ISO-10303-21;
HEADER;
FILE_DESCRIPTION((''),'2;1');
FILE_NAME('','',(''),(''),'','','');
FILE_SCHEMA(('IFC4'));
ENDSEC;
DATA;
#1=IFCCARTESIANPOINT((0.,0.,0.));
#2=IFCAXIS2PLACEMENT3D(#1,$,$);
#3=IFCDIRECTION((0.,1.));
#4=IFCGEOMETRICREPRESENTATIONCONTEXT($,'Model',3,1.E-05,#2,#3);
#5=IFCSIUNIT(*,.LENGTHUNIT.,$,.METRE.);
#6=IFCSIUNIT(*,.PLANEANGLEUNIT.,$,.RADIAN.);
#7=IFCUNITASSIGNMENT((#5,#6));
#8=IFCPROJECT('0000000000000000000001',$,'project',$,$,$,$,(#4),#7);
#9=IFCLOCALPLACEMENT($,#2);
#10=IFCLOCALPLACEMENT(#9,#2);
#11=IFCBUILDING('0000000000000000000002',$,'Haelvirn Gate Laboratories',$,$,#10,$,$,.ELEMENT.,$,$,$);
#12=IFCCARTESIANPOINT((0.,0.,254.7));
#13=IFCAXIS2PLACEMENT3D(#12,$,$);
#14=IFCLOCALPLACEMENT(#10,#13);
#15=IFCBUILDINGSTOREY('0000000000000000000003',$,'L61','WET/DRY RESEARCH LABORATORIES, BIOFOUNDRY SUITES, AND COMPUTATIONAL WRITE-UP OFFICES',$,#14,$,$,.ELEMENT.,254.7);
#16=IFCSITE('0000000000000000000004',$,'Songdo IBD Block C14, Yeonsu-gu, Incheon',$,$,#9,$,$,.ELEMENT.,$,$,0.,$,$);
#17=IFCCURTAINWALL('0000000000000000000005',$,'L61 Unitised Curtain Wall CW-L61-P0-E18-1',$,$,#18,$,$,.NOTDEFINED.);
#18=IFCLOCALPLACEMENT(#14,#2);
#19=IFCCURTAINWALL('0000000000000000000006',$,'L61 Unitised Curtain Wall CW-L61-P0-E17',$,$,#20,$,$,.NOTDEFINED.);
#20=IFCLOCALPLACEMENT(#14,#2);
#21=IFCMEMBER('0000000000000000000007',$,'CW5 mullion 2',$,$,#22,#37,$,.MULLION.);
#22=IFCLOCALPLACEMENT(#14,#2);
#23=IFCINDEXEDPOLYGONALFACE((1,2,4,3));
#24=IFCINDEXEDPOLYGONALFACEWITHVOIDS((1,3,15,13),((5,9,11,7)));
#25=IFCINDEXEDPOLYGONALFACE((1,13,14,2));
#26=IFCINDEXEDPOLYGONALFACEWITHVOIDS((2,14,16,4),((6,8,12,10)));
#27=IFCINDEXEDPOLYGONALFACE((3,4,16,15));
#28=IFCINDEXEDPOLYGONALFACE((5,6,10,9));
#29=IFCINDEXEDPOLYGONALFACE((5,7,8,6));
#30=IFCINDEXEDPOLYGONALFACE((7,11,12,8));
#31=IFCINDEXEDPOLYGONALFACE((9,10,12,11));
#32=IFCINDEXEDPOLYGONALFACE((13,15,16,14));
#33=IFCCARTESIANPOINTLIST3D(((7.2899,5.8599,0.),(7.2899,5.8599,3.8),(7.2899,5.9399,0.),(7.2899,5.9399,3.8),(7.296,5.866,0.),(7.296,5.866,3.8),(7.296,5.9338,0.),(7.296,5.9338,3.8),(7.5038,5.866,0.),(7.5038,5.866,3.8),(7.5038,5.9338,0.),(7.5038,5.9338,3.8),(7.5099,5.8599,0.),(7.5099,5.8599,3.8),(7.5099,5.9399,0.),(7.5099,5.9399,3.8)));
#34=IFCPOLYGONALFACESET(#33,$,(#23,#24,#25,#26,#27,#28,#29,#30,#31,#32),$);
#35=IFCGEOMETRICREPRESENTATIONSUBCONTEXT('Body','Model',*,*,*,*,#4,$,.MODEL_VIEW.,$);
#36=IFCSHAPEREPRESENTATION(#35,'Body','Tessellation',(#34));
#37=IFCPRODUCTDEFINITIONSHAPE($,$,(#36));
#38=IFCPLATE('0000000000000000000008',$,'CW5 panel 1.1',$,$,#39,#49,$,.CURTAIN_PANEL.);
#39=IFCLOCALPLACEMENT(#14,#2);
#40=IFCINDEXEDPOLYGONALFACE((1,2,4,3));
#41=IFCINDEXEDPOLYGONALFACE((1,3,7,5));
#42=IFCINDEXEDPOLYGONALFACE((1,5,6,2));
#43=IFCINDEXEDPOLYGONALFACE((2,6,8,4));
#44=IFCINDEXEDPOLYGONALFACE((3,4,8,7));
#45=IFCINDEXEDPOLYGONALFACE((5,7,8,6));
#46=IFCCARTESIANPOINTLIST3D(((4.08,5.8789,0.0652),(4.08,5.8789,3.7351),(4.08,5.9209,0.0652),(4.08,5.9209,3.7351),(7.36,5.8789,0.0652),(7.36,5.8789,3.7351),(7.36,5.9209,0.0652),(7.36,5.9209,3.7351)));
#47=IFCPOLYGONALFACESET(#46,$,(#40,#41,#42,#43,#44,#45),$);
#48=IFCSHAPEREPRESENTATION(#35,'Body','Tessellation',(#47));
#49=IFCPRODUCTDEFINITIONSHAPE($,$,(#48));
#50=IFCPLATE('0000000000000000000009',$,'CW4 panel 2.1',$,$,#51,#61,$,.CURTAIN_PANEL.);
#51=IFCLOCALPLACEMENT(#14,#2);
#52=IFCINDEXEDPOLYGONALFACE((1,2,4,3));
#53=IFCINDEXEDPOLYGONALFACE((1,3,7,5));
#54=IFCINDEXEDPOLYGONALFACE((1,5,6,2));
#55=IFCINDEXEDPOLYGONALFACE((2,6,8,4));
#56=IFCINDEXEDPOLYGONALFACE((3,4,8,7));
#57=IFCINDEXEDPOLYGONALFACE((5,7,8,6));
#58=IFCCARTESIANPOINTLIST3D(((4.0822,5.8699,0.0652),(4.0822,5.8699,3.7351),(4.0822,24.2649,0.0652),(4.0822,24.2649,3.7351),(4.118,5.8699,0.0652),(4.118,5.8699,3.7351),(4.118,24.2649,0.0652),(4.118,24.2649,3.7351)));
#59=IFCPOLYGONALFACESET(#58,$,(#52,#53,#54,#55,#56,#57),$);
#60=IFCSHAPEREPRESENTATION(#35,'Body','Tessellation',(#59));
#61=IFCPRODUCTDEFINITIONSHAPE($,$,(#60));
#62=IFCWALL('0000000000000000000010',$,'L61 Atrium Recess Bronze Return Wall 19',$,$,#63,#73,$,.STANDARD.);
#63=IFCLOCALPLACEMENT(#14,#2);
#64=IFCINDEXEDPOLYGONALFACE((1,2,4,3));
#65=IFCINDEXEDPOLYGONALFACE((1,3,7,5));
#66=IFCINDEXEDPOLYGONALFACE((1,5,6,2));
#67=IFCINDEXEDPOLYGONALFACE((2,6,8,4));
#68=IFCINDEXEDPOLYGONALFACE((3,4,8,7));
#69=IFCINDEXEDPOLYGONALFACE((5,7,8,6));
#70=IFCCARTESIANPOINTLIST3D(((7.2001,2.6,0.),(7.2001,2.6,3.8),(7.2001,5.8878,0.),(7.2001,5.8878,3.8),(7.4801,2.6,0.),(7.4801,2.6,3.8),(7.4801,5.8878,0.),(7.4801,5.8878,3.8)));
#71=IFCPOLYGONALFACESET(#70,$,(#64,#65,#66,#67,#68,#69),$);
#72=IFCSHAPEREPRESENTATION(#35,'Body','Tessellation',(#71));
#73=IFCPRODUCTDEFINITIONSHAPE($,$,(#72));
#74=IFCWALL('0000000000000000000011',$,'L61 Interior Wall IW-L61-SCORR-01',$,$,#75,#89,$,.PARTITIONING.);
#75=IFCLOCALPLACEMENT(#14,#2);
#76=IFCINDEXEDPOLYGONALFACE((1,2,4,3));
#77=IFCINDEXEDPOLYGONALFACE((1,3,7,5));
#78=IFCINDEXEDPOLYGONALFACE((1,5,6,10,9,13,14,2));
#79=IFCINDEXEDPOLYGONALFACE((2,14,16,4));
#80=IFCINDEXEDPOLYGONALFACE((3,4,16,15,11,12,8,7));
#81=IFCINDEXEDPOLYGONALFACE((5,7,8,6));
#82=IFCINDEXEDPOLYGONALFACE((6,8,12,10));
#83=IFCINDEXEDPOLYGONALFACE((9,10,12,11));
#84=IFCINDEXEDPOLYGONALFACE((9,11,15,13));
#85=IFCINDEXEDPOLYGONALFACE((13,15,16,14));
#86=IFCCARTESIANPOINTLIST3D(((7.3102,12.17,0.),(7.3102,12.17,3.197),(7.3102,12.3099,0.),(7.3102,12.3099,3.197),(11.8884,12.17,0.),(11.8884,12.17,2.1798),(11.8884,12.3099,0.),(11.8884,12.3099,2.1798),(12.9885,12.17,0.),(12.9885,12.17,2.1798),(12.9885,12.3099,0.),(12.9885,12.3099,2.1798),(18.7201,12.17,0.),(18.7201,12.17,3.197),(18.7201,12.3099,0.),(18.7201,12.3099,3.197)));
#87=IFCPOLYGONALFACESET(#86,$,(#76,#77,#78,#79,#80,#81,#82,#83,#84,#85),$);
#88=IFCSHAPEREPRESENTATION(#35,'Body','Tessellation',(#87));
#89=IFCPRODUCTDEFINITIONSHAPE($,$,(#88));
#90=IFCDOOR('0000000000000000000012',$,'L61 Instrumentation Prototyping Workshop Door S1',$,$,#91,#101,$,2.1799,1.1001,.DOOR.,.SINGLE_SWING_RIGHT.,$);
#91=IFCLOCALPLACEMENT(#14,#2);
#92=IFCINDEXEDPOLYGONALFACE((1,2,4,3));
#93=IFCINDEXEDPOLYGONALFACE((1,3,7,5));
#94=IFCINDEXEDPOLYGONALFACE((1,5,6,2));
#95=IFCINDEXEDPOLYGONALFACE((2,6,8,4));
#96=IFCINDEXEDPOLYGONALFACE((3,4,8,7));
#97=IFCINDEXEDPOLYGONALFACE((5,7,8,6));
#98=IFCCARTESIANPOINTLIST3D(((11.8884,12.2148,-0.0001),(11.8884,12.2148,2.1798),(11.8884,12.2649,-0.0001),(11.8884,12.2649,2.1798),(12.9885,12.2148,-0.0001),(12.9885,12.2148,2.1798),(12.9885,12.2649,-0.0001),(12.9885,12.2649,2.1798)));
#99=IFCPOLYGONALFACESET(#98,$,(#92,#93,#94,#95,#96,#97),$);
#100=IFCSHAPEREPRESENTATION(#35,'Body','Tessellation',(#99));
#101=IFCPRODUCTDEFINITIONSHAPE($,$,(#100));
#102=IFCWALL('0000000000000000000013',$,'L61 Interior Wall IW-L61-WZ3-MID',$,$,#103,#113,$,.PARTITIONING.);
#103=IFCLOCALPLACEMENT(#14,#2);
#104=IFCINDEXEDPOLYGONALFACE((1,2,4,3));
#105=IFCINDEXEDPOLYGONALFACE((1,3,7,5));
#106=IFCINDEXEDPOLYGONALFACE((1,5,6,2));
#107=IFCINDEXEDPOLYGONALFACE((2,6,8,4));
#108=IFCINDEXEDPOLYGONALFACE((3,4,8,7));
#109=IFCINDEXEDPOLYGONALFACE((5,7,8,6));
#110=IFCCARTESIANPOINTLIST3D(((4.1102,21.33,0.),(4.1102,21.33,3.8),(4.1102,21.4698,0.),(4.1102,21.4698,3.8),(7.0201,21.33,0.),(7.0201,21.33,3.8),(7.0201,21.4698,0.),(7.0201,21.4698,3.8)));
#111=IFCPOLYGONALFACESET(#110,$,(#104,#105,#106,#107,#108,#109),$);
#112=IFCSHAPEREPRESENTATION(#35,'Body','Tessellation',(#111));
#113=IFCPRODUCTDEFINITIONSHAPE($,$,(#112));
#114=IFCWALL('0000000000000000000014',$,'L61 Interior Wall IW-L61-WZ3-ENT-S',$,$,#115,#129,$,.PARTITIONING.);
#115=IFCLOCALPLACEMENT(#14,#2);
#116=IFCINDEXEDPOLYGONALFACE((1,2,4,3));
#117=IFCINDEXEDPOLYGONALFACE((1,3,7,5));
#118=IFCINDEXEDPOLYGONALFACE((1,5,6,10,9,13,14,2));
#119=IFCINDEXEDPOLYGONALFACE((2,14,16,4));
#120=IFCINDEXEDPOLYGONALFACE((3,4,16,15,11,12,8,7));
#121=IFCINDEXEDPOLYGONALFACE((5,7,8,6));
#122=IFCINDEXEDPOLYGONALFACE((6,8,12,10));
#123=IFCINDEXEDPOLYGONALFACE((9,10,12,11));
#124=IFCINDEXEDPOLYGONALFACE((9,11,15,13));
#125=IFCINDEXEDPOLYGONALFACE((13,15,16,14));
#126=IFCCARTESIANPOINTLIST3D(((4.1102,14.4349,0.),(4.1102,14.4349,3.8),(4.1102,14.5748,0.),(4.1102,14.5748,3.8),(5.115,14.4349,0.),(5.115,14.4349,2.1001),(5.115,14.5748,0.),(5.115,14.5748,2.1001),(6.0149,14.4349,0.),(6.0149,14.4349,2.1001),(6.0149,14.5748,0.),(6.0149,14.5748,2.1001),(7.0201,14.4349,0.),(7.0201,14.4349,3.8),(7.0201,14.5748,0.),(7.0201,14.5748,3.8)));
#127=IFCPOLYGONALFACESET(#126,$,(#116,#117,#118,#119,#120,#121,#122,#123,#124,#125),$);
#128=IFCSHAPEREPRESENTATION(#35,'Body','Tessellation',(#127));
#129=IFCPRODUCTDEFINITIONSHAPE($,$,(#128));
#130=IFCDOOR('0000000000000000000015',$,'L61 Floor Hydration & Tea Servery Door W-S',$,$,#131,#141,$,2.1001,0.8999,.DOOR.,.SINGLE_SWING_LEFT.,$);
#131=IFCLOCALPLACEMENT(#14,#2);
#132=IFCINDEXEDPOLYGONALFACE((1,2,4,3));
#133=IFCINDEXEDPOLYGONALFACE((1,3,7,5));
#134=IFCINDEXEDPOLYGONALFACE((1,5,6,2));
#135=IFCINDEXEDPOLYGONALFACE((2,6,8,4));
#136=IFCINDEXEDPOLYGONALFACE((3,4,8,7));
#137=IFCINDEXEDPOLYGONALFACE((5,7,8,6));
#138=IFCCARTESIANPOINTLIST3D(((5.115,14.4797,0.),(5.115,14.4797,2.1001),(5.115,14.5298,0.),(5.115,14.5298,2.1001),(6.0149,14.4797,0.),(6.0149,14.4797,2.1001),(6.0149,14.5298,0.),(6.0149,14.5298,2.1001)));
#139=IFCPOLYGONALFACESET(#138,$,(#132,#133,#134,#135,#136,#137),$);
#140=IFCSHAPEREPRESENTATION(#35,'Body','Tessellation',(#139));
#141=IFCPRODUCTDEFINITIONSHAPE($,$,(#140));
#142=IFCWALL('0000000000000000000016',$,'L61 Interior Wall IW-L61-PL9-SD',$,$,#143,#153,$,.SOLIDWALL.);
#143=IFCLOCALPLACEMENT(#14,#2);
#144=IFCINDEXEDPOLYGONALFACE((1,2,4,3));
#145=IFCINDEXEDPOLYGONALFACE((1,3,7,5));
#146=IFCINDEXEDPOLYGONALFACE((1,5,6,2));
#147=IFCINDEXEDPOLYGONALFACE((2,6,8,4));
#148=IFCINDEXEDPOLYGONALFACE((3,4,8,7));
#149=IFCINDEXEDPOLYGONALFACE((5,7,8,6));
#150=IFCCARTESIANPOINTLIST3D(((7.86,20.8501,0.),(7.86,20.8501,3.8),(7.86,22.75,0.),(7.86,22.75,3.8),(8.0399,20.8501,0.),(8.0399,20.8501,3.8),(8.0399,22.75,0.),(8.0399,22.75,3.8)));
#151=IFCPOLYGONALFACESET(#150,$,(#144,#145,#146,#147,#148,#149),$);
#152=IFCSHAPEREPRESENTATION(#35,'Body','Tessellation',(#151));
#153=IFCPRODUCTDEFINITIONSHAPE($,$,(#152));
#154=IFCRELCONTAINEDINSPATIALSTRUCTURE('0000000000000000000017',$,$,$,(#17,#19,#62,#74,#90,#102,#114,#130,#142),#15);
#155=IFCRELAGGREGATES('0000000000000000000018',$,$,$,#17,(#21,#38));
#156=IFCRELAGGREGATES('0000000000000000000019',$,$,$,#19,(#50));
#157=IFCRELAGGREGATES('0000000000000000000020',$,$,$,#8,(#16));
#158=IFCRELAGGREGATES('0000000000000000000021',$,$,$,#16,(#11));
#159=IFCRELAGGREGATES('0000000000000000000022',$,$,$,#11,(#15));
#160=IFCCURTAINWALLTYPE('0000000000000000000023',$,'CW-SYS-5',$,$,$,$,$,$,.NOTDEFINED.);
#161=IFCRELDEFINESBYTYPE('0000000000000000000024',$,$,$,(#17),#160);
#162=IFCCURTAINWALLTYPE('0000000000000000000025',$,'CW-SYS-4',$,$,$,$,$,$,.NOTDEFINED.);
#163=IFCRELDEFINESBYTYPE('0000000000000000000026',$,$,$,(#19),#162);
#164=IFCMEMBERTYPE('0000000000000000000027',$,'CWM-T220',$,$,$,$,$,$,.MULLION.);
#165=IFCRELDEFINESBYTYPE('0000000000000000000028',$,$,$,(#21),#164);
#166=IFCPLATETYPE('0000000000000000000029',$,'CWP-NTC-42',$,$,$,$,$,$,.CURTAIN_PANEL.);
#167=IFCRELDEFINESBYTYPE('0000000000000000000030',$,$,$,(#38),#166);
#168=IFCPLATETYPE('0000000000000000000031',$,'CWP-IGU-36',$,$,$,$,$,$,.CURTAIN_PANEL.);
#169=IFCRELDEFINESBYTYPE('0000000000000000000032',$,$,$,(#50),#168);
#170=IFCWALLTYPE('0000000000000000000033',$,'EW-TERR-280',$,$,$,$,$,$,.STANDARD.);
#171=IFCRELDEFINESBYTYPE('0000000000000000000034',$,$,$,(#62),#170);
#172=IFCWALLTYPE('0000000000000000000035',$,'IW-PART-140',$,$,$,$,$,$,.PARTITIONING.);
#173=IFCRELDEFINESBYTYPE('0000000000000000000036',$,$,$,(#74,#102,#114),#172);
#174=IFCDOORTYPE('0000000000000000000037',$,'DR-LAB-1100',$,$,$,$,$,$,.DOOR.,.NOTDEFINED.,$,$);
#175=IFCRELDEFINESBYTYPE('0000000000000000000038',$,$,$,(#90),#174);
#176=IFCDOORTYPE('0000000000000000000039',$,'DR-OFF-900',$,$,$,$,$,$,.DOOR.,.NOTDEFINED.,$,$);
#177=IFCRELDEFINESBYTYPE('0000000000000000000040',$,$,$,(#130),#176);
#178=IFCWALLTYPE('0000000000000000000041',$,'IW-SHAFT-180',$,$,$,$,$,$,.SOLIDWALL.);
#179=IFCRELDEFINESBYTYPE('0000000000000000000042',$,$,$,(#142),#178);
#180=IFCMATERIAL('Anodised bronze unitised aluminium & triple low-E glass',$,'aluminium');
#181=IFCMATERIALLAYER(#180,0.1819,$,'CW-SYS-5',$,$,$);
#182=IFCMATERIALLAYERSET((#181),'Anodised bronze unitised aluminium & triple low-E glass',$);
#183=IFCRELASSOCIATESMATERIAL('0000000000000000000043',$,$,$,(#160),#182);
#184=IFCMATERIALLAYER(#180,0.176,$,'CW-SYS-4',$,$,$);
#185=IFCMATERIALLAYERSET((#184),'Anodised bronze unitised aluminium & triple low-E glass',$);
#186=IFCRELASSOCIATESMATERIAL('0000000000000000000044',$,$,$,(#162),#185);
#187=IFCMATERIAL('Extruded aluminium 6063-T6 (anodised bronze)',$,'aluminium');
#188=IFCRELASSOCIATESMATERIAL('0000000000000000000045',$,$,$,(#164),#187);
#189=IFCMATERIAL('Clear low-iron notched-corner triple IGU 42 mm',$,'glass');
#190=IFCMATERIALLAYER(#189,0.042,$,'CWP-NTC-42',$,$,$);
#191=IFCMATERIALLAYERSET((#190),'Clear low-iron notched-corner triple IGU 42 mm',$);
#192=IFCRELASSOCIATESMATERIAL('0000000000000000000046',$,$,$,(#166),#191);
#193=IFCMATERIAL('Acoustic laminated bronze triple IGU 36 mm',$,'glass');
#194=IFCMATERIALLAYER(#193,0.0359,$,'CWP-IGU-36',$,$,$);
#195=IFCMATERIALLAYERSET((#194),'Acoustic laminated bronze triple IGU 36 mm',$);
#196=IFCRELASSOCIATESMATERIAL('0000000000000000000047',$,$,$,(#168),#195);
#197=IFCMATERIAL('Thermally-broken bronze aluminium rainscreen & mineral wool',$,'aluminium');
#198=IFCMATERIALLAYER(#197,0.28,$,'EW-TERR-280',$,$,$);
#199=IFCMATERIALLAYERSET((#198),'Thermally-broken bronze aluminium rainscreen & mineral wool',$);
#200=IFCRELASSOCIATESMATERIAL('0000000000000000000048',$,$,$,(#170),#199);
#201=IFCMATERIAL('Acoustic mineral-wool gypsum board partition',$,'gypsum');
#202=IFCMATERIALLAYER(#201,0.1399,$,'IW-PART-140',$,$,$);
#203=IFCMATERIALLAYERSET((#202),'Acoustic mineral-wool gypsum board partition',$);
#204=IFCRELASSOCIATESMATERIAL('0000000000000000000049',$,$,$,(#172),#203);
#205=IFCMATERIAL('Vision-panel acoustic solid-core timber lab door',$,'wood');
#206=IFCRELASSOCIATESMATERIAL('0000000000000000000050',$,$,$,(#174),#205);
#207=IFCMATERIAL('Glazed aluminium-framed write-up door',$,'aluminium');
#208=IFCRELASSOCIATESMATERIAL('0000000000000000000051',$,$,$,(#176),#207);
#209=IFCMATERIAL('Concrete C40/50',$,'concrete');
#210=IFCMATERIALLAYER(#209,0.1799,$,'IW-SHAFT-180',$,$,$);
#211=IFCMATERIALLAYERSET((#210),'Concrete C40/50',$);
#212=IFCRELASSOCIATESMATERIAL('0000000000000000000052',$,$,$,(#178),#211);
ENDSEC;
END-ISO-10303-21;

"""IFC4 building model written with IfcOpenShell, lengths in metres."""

from ifc_helpers import new_model, si_unit, direction, frame, frame_2d, origin, origin_2d, place, context, subcontext, project, spatial, rectangle, hollow_rectangle, extrude, source, transform, mapped, material, layer, layer_set, material_profile, profile_set, type_object, type_shapes, element, fill, aggregate, save


model = new_model("IFC4")

# Units and contexts
model_context = context("Model", 3, precision=1e-05, world=origin(), true_north=direction((0.0, 1.0)))
body_context = subcontext(model_context, "Body", "Model", "MODEL_VIEW")
ifc_project = project(units=[si_unit("LENGTHUNIT", "METRE"), si_unit("PLANEANGLEUNIT", "RADIAN")], contexts=[model_context])

# Site, building, storey
site_placement = place(None, origin())
site = spatial("IfcSite", under=ifc_project, at=site_placement, Name="Songdo IBD Block C14, Yeonsu-gu, Incheon", CompositionType="ELEMENT", RefElevation=0.0)
building_placement = place(site_placement, origin())
building = spatial("IfcBuilding", under=site, at=building_placement, Name="Haelvirn Gate Laboratories", CompositionType="ELEMENT")
storey_placement = place(building_placement, frame((0.0, 0.0, 254.7)))
storey = spatial("IfcBuildingStorey", under=building, at=storey_placement, Name="L61", Description="WET/DRY RESEARCH LABORATORIES, BIOFOUNDRY SUITES, AND COMPUTATIONAL WRITE-UP OFFICES", CompositionType="ELEMENT", Elevation=254.7)

# Curtain wall
ifc_material_1 = material(Name="Anodised bronze unitised aluminium & triple low-E glass", Category="aluminium")
ifc_layer_1 = layer(ifc_material_1, 0.1819, Name="CW-SYS-5")
ifc_layer_set_1 = layer_set([ifc_layer_1], Name="Anodised bronze unitised aluminium & triple low-E glass")
curtain_wall_type_1 = type_object("IfcCurtainWallType", Name="CW-SYS-5", PredefinedType="NOTDEFINED", material=ifc_layer_set_1)
curtain_wall_1_placement = place(storey_placement, origin())
curtain_wall_1 = element("IfcCurtainWall", 1, at=curtain_wall_1_placement, inside=storey, type_object=curtain_wall_type_1, Name="L61 Unitised Curtain Wall CW-L61-P0-E18-1", PredefinedType="NOTDEFINED")
ifc_material_2 = material(Name="Extruded aluminium 6063-T6 (anodised bronze)", Category="aluminium")

# Curtain wall
ifc_layer_2 = layer(ifc_material_1, 0.176, Name="CW-SYS-4")
ifc_layer_set_2 = layer_set([ifc_layer_2], Name="Anodised bronze unitised aluminium & triple low-E glass")
curtain_wall_type_2 = type_object("IfcCurtainWallType", Name="CW-SYS-4", PredefinedType="NOTDEFINED", material=ifc_layer_set_2)
curtain_wall_2_placement = place(storey_placement, origin())
curtain_wall_2 = element("IfcCurtainWall", 2, at=curtain_wall_2_placement, inside=storey, type_object=curtain_wall_type_2, Name="L61 Unitised Curtain Wall CW-L61-P0-E17", PredefinedType="NOTDEFINED")

# Member
ifc_material_profile_1 = material_profile(ifc_material_2, hollow_rectangle(XDim=0.0801, YDim=0.22, WallThickness=0.0061, at=origin_2d()), Name="CWM-220x80x6")
ifc_profile_set_1 = profile_set([ifc_material_profile_1], Name="Extruded aluminium 6063-T6 (anodised bronze)")
member_type_1 = type_object("IfcMemberType", Name="CWM-T220", PredefinedType="MULLION", material=ifc_profile_set_1)
shared_shape_1 = source(origin(), body_context, "Body", "SweptSolid", [
    extrude(hollow_rectangle(XDim=0.0801, YDim=0.22, WallThickness=0.0061, at=origin_2d()), origin(), (0.0, 0.0, 1.0), 3.8),
])
type_shapes(member_type_1, [shared_shape_1])
member_1_placement = place(storey_placement, frame((7.3999, 5.8999, 0.0), z_axis=(0.0, 0.0, 1.0), x_axis=(0.0, 1.0, 0.0)))
member_1 = element("IfcMember", 3, at=member_1_placement, type_object=member_type_1, Name="CW5 mullion 2", PredefinedType="MULLION", context=body_context, shape_type="MappedRepresentation", body=[
    mapped(shared_shape_1, transform((0.0, 0.0, 0.0), scale=1.0)),
])

# Plates
ifc_material_3 = material(Name="Clear low-iron notched-corner triple IGU 42 mm", Category="glass")
ifc_layer_3 = layer(ifc_material_3, 0.042, Name="CWP-NTC-42")
ifc_layer_set_3 = layer_set([ifc_layer_3], Name="Clear low-iron notched-corner triple IGU 42 mm")
plate_type_1 = type_object("IfcPlateType", Name="CWP-NTC-42", PredefinedType="CURTAIN_PANEL", material=ifc_layer_set_3)
shared_shape_2 = source(origin(), body_context, "Body", "SweptSolid", [
    extrude(rectangle(XDim=3.28, YDim=0.042, at=origin_2d()), origin(), (0.0, 0.0, 1.0), 3.6699),
])
type_shapes(plate_type_1, [shared_shape_2])
plate_1_placement = place(storey_placement, frame((5.72, 5.8999, 0.0652), z_axis=(0.0, 0.0, 1.0), x_axis=(1.0, 0.0, 0.0)))
plate_1 = element("IfcPlate", 4, at=plate_1_placement, type_object=plate_type_1, Name="CW5 panel 1.1", PredefinedType="CURTAIN_PANEL", context=body_context, shape_type="MappedRepresentation", body=[
    mapped(shared_shape_2, transform((0.0, 0.0, 0.0), scale=1.0)),
])
aggregate(curtain_wall_1, [member_1, plate_1])
ifc_material_4 = material(Name="Acoustic laminated bronze triple IGU 36 mm", Category="glass")
ifc_layer_4 = layer(ifc_material_4, 0.0359, Name="CWP-IGU-36")
ifc_layer_set_4 = layer_set([ifc_layer_4], Name="Acoustic laminated bronze triple IGU 36 mm")
plate_type_2 = type_object("IfcPlateType", Name="CWP-IGU-36", PredefinedType="CURTAIN_PANEL", material=ifc_layer_set_4)
shared_shape_3 = source(origin(), body_context, "Body", "SweptSolid", [
    extrude(rectangle(XDim=18.395, YDim=0.0359, at=origin_2d()), origin(), (0.0, 0.0, 1.0), 3.6699),
])
type_shapes(plate_type_2, [shared_shape_3])
plate_2_placement = place(storey_placement, frame((4.1001, 15.0674, 0.0652), z_axis=(0.0, 0.0, 1.0), x_axis=(0.0, -1.0, 0.0)))
plate_2 = element("IfcPlate", 5, at=plate_2_placement, type_object=plate_type_2, Name="CW4 panel 2.1", PredefinedType="CURTAIN_PANEL", context=body_context, shape_type="MappedRepresentation", body=[
    mapped(shared_shape_3, transform((0.0, 0.0, 0.0), scale=1.0)),
])
aggregate(curtain_wall_2, [plate_2])

# Wall
ifc_material_5 = material(Name="Thermally-broken bronze aluminium rainscreen & mineral wool", Category="aluminium")
ifc_layer_5 = layer(ifc_material_5, 0.28, Name="EW-TERR-280")
ifc_layer_set_5 = layer_set([ifc_layer_5], Name="Thermally-broken bronze aluminium rainscreen & mineral wool")
wall_type_1 = type_object("IfcWallType", Name="EW-TERR-280", PredefinedType="STANDARD", material=ifc_layer_set_5)
wall_1_placement = place(storey_placement, frame((7.3401, 5.8879, 0.0), z_axis=(0.0, 0.0, 1.0), x_axis=(0.0, -1.0, 0.0)))
element("IfcWall", 6, at=wall_1_placement, inside=storey, type_object=wall_type_1, Name="L61 Atrium Recess Bronze Return Wall 19", PredefinedType="STANDARD", context=body_context, shape_type="SweptSolid", body=[
    extrude(rectangle(XDim=3.2878, YDim=0.28, at=frame_2d((1.644, 0.0))), origin(), (0.0, 0.0, 1.0), 3.8),
])

# Wall, opening, door
ifc_material_6 = material(Name="Acoustic mineral-wool gypsum board partition", Category="gypsum")
ifc_layer_6 = layer(ifc_material_6, 0.1399, Name="IW-PART-140")
ifc_layer_set_6 = layer_set([ifc_layer_6], Name="Acoustic mineral-wool gypsum board partition")
wall_type_2 = type_object("IfcWallType", Name="IW-PART-140", PredefinedType="PARTITIONING", material=ifc_layer_set_6)
wall_2_placement = place(storey_placement, frame((7.3101, 12.24, 0.0), z_axis=(0.0, 0.0, 1.0), x_axis=(1.0, 0.0, 0.0)))
wall_2 = element("IfcWall", 7, at=wall_2_placement, inside=storey, type_object=wall_type_2, Name="L61 Interior Wall IW-L61-SCORR-01", PredefinedType="PARTITIONING", context=body_context, shape_type="SweptSolid", body=[
    extrude(rectangle(XDim=11.4099, YDim=0.1399, at=frame_2d((5.7051, 0.0))), origin(), (0.0, 0.0, 1.0), 3.197),
])
opening_1_placement = place(wall_2_placement, frame((4.5784, 0.0, 0.0)))
opening_1 = element("IfcOpeningElement", 8, at=opening_1_placement, cuts=wall_2, PredefinedType="OPENING", context=body_context, shape_type="SweptSolid", body=[
    extrude(rectangle(XDim=1.1001, YDim=2.1799, at=frame_2d((0.55, 1.0898))), frame((0.0, 0.0801, 0.0), z_axis=(0.0, -1.0, 0.0), x_axis=(1.0, 0.0, 0.0)), (0.0, 0.0, 1.0), 0.1599),
])
ifc_material_7 = material(Name="Vision-panel acoustic solid-core timber lab door", Category="wood")
door_type_1 = type_object("IfcDoorType", Name="DR-LAB-1100", OperationType="NOTDEFINED", PredefinedType="DOOR", material=ifc_material_7)
shared_shape_4 = source(origin(), body_context, "Body", "SweptSolid", [
    extrude(rectangle(XDim=1.1001, YDim=2.1799, at=frame_2d((0.55, 1.0898))), frame((0.0, 0.0249, 0.0), z_axis=(0.0, -1.0, 0.0), x_axis=(1.0, 0.0, 0.0)), (0.0, 0.0, 1.0), 0.05),
])
type_shapes(door_type_1, [shared_shape_4])
door_1_placement = place(opening_1_placement, origin())
door_1 = element("IfcDoor", 9, at=door_1_placement, inside=storey, type_object=door_type_1, Name="L61 Instrumentation Prototyping Workshop Door S1", OperationType="SINGLE_SWING_RIGHT", OverallHeight=2.1799, OverallWidth=1.1001, PredefinedType="DOOR", context=body_context, shape_type="MappedRepresentation", body=[
    mapped(shared_shape_4, transform((0.0, 0.0, 0.0), scale=1.0)),
])
fill(opening_1, door_1)

# Wall
wall_3_placement = place(storey_placement, frame((4.1101, 21.3999, 0.0), z_axis=(0.0, 0.0, 1.0), x_axis=(1.0, 0.0, 0.0)))
element("IfcWall", 10, at=wall_3_placement, inside=storey, type_object=wall_type_2, Name="L61 Interior Wall IW-L61-WZ3-MID", PredefinedType="PARTITIONING", context=body_context, shape_type="SweptSolid", body=[
    extrude(rectangle(XDim=2.9099, YDim=0.1399, at=frame_2d((1.4551, 0.0))), origin(), (0.0, 0.0, 1.0), 3.8),
])

# Wall, opening, door
wall_4_placement = place(storey_placement, frame((4.1101, 14.5049, 0.0), z_axis=(0.0, 0.0, 1.0), x_axis=(1.0, 0.0, 0.0)))
wall_4 = element("IfcWall", 11, at=wall_4_placement, inside=storey, type_object=wall_type_2, Name="L61 Interior Wall IW-L61-WZ3-ENT-S", PredefinedType="PARTITIONING", context=body_context, shape_type="SweptSolid", body=[
    extrude(rectangle(XDim=2.9099, YDim=0.1399, at=frame_2d((1.4551, 0.0))), origin(), (0.0, 0.0, 1.0), 3.8),
])
opening_2_placement = place(wall_4_placement, frame((1.0049, 0.0, 0.0)))
opening_2 = element("IfcOpeningElement", 12, at=opening_2_placement, cuts=wall_4, PredefinedType="OPENING", context=body_context, shape_type="SweptSolid", body=[
    extrude(rectangle(XDim=0.8999, YDim=2.1001, at=frame_2d((0.45, 1.05))), frame((0.0, 0.0801, 0.0), z_axis=(0.0, -1.0, 0.0), x_axis=(1.0, 0.0, 0.0)), (0.0, 0.0, 1.0), 0.1599),
])
ifc_material_8 = material(Name="Glazed aluminium-framed write-up door", Category="aluminium")
door_type_2 = type_object("IfcDoorType", Name="DR-OFF-900", OperationType="NOTDEFINED", PredefinedType="DOOR", material=ifc_material_8)
shared_shape_5 = source(origin(), body_context, "Body", "SweptSolid", [
    extrude(rectangle(XDim=0.8999, YDim=2.1001, at=frame_2d((0.45, 1.05))), frame((0.0, 0.0249, 0.0), z_axis=(0.0, -1.0, 0.0), x_axis=(1.0, 0.0, 0.0)), (0.0, 0.0, 1.0), 0.05),
])
type_shapes(door_type_2, [shared_shape_5])
door_2_placement = place(opening_2_placement, origin())
door_2 = element("IfcDoor", 13, at=door_2_placement, inside=storey, type_object=door_type_2, Name="L61 Floor Hydration & Tea Servery Door W-S", OperationType="SINGLE_SWING_LEFT", OverallHeight=2.1001, OverallWidth=0.8999, PredefinedType="DOOR", context=body_context, shape_type="MappedRepresentation", body=[
    mapped(shared_shape_5, transform((0.0, 0.0, 0.0), scale=1.0)),
])
fill(opening_2, door_2)

# Wall
ifc_material_9 = material(Name="Concrete C40/50", Category="concrete")
ifc_layer_7 = layer(ifc_material_9, 0.1799, Name="IW-SHAFT-180")
ifc_layer_set_7 = layer_set([ifc_layer_7], Name="Concrete C40/50")
wall_type_3 = type_object("IfcWallType", Name="IW-SHAFT-180", PredefinedType="SOLIDWALL", material=ifc_layer_set_7)
wall_5_placement = place(storey_placement, frame((7.95, 20.8501, 0.0), z_axis=(0.0, 0.0, 1.0), x_axis=(0.0, 1.0, 0.0)))
element("IfcWall", 14, at=wall_5_placement, inside=storey, type_object=wall_type_3, Name="L61 Interior Wall IW-L61-PL9-SD", PredefinedType="SOLIDWALL", context=body_context, shape_type="SweptSolid", body=[
    extrude(rectangle(XDim=1.8999, YDim=0.1799, at=frame_2d((0.95, 0.0))), origin(), (0.0, 0.0, 1.0), 3.8),
])

save(model, "model.ifc")
